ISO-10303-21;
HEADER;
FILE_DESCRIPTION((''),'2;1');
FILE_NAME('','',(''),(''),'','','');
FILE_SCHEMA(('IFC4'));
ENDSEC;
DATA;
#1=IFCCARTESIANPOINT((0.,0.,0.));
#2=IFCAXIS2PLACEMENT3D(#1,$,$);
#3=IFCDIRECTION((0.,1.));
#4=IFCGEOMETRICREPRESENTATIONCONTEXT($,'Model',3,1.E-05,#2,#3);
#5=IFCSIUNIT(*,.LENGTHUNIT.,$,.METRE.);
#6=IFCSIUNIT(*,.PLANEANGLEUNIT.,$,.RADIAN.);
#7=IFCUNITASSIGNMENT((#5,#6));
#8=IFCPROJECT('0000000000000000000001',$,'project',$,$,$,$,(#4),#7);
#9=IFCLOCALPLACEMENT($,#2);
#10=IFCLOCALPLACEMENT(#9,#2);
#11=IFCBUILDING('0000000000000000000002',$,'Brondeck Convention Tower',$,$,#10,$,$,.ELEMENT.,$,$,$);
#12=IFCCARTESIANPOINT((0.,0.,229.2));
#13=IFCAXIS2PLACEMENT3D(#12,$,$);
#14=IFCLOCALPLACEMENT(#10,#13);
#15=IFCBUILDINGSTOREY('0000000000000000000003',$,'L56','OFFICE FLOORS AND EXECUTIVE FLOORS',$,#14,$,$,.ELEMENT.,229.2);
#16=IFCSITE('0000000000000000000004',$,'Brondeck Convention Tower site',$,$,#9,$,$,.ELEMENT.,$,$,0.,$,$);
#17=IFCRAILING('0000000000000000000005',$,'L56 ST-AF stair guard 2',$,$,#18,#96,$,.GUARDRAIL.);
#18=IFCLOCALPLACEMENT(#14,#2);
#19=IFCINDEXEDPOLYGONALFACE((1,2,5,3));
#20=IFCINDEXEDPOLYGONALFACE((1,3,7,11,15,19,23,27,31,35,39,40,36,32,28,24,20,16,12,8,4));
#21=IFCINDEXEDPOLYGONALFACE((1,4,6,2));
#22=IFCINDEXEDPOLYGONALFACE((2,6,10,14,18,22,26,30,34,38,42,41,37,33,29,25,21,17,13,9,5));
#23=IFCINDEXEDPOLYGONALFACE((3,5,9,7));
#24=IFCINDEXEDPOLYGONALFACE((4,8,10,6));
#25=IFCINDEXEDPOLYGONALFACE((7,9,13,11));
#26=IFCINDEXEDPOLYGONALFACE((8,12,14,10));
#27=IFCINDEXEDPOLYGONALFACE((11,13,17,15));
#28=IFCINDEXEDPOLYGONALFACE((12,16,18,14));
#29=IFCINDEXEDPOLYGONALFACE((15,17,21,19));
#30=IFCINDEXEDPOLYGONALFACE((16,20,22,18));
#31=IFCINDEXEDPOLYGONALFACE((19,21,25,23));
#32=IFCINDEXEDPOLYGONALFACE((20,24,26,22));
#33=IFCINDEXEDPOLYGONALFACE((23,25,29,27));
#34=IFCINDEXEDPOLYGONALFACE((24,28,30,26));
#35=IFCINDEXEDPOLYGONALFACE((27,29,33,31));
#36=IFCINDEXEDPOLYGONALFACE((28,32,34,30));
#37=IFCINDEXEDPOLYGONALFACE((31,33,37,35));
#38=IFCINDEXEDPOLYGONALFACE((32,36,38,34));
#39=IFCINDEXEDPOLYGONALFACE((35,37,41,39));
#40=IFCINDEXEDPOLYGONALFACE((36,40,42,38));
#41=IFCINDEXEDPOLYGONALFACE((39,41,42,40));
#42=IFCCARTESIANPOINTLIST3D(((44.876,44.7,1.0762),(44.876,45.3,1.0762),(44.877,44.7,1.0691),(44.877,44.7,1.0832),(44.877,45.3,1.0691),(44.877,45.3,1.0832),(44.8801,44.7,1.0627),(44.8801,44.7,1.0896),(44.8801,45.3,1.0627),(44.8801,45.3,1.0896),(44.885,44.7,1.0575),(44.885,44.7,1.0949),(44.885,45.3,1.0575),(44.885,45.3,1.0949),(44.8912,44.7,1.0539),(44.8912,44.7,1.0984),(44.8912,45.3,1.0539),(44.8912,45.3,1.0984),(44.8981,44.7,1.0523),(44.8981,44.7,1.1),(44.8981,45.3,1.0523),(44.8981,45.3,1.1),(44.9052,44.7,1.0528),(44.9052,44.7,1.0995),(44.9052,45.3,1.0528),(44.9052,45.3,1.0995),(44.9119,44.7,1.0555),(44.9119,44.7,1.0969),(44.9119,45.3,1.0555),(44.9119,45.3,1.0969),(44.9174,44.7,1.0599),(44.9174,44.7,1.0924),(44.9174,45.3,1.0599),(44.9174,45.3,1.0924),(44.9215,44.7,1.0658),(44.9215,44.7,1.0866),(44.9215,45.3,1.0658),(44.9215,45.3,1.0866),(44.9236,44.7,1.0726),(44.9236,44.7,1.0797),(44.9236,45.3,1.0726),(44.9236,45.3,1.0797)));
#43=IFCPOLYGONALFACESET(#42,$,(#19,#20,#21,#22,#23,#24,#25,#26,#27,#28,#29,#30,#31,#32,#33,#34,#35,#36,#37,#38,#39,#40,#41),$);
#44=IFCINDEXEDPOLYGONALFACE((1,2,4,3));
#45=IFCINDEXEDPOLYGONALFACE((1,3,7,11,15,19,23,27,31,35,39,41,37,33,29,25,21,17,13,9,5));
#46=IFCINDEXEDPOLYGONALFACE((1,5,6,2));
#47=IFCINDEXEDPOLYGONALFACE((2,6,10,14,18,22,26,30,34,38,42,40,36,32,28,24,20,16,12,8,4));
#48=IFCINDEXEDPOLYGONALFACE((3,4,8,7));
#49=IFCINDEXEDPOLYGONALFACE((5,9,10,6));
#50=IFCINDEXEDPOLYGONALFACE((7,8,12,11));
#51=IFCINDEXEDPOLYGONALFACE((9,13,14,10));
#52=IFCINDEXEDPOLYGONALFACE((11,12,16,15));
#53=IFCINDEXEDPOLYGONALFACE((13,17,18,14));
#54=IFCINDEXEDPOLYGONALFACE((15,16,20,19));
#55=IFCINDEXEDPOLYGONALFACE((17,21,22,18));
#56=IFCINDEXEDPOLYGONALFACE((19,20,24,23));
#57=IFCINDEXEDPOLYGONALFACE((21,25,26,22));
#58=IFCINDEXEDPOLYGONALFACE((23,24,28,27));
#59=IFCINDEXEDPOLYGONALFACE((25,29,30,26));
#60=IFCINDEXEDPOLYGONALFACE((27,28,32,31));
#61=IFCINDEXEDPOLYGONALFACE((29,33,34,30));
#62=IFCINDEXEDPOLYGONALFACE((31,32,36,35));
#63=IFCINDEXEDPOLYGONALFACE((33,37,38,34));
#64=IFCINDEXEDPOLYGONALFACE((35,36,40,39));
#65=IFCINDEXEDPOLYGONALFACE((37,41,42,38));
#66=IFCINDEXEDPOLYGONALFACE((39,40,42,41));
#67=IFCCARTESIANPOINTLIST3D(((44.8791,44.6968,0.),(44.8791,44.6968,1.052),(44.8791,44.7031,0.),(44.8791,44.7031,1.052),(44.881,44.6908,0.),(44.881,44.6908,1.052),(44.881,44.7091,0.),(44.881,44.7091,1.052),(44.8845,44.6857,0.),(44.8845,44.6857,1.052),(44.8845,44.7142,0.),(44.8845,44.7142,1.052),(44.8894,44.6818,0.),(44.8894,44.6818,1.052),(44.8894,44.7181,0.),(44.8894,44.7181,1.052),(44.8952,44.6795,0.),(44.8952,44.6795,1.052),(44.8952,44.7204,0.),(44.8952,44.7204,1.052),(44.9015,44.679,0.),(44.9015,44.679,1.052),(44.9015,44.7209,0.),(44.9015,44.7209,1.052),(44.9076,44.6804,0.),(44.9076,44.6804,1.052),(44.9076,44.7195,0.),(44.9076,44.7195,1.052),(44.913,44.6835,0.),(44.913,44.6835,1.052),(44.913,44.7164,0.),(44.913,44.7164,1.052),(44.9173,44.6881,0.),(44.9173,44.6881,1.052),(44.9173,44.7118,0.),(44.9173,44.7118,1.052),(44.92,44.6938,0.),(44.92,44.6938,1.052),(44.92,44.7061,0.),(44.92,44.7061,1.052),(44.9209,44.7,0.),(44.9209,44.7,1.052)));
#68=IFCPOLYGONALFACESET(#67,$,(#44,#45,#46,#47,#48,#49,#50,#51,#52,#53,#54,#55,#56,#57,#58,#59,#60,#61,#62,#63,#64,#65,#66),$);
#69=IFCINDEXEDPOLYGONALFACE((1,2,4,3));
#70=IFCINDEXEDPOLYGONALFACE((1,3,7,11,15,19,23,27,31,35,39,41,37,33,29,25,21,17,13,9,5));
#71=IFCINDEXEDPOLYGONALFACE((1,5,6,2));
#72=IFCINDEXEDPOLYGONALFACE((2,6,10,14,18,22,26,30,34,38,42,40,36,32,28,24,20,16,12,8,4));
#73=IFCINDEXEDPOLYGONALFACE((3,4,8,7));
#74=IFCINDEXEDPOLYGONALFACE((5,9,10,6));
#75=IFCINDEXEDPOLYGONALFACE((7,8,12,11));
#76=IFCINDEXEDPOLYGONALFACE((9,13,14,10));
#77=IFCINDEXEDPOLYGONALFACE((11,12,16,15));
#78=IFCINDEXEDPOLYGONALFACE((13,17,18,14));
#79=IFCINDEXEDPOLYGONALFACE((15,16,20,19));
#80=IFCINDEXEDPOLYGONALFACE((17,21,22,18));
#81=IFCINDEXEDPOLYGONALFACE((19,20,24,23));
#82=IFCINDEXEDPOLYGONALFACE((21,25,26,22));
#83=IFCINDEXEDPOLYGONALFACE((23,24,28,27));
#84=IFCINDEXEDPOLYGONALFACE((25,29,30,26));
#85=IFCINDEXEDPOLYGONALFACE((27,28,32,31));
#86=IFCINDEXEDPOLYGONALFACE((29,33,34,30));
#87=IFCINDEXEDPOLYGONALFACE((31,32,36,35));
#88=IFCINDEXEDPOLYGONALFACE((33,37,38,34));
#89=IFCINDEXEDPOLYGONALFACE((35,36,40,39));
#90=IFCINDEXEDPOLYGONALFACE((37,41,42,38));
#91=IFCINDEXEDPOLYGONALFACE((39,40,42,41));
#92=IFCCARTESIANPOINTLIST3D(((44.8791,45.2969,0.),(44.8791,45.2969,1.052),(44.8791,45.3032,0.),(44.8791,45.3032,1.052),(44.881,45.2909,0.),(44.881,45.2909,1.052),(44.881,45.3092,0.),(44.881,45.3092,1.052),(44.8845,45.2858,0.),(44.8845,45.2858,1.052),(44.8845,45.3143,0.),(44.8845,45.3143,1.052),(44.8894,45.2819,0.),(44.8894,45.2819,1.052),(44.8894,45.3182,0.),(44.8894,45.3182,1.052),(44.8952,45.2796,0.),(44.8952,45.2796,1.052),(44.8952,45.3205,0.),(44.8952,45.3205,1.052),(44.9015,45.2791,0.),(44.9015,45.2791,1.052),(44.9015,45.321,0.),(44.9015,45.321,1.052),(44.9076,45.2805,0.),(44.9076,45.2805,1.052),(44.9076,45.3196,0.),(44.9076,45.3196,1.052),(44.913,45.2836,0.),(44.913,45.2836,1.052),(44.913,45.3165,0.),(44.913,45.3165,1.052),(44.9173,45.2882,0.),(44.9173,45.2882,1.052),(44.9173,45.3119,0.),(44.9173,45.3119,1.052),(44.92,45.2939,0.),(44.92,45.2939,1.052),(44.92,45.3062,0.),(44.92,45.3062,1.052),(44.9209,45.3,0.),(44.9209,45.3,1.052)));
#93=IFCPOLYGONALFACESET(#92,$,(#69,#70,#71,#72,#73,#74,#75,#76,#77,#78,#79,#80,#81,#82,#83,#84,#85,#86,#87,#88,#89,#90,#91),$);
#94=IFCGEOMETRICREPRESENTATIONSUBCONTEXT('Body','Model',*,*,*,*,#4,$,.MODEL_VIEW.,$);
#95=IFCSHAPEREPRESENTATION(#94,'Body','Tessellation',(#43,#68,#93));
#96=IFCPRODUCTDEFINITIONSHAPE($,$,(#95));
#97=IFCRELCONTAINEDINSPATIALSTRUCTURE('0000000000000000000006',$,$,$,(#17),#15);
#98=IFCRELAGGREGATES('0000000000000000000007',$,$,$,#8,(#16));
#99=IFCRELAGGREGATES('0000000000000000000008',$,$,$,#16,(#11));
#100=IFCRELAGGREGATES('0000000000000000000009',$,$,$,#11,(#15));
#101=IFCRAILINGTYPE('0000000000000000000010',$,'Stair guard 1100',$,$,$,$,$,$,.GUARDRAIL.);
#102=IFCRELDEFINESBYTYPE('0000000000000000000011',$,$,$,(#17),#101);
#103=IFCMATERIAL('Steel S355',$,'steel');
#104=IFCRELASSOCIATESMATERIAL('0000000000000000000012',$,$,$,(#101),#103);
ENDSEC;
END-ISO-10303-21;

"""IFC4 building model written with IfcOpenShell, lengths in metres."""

from ifc_helpers import new_model, si_unit, direction, frame, origin, origin_2d, place, context, subcontext, project, spatial, circle, extrude, material, type_object, element, save


model = new_model("IFC4")

# Units and contexts
model_context = context("Model", 3, precision=1e-05, world=origin(), true_north=direction((0.0, 1.0)))
body_context = subcontext(model_context, "Body", "Model", "MODEL_VIEW")
ifc_project = project(units=[si_unit("LENGTHUNIT", "METRE"), si_unit("PLANEANGLEUNIT", "RADIAN")], contexts=[model_context])

# Site, building, storey
site_placement = place(None, origin())
site = spatial("IfcSite", under=ifc_project, at=site_placement, Name="Brondeck Convention Tower site", CompositionType="ELEMENT", RefElevation=0.0)
building_placement = place(site_placement, origin())
building = spatial("IfcBuilding", under=site, at=building_placement, Name="Brondeck Convention Tower", CompositionType="ELEMENT")
storey_placement = place(building_placement, frame((0.0, 0.0, 229.2)))
storey = spatial("IfcBuildingStorey", under=building, at=storey_placement, Name="L56", Description="OFFICE FLOORS AND EXECUTIVE FLOORS", CompositionType="ELEMENT", Elevation=229.2)

# Shared definitions
ifc_material_1 = material(Name="Steel S355", Category="steel")

# Railing
railing_type_1 = type_object("IfcRailingType", Name="Stair guard 1100", PredefinedType="GUARDRAIL", material=ifc_material_1)
railing_1_placement = place(storey_placement, frame((44.8999, 44.7, 0.0)))
element("IfcRailing", 1, at=railing_1_placement, inside=storey, type_object=railing_type_1, Name="L56 ST-AF stair guard 2", PredefinedType="GUARDRAIL", context=body_context, shape_type="SweptSolid", body=[
    extrude(circle(Radius=0.0239, at=origin_2d()), frame((0.0, 0.0, 1.0762), z_axis=(0.0, 1.0, 0.0), x_axis=(-1.0, 0.0, 0.0)), (0.0, 0.0, 1.0), 0.6001),
    extrude(circle(Radius=0.021, at=origin_2d()), origin(), (0.0, 0.0, 1.0), 1.052),
    extrude(circle(Radius=0.021, at=origin_2d()), frame((0.0, 0.6001, 0.0)), (0.0, 0.0, 1.0), 1.052),
])

save(model, "model.ifc")
